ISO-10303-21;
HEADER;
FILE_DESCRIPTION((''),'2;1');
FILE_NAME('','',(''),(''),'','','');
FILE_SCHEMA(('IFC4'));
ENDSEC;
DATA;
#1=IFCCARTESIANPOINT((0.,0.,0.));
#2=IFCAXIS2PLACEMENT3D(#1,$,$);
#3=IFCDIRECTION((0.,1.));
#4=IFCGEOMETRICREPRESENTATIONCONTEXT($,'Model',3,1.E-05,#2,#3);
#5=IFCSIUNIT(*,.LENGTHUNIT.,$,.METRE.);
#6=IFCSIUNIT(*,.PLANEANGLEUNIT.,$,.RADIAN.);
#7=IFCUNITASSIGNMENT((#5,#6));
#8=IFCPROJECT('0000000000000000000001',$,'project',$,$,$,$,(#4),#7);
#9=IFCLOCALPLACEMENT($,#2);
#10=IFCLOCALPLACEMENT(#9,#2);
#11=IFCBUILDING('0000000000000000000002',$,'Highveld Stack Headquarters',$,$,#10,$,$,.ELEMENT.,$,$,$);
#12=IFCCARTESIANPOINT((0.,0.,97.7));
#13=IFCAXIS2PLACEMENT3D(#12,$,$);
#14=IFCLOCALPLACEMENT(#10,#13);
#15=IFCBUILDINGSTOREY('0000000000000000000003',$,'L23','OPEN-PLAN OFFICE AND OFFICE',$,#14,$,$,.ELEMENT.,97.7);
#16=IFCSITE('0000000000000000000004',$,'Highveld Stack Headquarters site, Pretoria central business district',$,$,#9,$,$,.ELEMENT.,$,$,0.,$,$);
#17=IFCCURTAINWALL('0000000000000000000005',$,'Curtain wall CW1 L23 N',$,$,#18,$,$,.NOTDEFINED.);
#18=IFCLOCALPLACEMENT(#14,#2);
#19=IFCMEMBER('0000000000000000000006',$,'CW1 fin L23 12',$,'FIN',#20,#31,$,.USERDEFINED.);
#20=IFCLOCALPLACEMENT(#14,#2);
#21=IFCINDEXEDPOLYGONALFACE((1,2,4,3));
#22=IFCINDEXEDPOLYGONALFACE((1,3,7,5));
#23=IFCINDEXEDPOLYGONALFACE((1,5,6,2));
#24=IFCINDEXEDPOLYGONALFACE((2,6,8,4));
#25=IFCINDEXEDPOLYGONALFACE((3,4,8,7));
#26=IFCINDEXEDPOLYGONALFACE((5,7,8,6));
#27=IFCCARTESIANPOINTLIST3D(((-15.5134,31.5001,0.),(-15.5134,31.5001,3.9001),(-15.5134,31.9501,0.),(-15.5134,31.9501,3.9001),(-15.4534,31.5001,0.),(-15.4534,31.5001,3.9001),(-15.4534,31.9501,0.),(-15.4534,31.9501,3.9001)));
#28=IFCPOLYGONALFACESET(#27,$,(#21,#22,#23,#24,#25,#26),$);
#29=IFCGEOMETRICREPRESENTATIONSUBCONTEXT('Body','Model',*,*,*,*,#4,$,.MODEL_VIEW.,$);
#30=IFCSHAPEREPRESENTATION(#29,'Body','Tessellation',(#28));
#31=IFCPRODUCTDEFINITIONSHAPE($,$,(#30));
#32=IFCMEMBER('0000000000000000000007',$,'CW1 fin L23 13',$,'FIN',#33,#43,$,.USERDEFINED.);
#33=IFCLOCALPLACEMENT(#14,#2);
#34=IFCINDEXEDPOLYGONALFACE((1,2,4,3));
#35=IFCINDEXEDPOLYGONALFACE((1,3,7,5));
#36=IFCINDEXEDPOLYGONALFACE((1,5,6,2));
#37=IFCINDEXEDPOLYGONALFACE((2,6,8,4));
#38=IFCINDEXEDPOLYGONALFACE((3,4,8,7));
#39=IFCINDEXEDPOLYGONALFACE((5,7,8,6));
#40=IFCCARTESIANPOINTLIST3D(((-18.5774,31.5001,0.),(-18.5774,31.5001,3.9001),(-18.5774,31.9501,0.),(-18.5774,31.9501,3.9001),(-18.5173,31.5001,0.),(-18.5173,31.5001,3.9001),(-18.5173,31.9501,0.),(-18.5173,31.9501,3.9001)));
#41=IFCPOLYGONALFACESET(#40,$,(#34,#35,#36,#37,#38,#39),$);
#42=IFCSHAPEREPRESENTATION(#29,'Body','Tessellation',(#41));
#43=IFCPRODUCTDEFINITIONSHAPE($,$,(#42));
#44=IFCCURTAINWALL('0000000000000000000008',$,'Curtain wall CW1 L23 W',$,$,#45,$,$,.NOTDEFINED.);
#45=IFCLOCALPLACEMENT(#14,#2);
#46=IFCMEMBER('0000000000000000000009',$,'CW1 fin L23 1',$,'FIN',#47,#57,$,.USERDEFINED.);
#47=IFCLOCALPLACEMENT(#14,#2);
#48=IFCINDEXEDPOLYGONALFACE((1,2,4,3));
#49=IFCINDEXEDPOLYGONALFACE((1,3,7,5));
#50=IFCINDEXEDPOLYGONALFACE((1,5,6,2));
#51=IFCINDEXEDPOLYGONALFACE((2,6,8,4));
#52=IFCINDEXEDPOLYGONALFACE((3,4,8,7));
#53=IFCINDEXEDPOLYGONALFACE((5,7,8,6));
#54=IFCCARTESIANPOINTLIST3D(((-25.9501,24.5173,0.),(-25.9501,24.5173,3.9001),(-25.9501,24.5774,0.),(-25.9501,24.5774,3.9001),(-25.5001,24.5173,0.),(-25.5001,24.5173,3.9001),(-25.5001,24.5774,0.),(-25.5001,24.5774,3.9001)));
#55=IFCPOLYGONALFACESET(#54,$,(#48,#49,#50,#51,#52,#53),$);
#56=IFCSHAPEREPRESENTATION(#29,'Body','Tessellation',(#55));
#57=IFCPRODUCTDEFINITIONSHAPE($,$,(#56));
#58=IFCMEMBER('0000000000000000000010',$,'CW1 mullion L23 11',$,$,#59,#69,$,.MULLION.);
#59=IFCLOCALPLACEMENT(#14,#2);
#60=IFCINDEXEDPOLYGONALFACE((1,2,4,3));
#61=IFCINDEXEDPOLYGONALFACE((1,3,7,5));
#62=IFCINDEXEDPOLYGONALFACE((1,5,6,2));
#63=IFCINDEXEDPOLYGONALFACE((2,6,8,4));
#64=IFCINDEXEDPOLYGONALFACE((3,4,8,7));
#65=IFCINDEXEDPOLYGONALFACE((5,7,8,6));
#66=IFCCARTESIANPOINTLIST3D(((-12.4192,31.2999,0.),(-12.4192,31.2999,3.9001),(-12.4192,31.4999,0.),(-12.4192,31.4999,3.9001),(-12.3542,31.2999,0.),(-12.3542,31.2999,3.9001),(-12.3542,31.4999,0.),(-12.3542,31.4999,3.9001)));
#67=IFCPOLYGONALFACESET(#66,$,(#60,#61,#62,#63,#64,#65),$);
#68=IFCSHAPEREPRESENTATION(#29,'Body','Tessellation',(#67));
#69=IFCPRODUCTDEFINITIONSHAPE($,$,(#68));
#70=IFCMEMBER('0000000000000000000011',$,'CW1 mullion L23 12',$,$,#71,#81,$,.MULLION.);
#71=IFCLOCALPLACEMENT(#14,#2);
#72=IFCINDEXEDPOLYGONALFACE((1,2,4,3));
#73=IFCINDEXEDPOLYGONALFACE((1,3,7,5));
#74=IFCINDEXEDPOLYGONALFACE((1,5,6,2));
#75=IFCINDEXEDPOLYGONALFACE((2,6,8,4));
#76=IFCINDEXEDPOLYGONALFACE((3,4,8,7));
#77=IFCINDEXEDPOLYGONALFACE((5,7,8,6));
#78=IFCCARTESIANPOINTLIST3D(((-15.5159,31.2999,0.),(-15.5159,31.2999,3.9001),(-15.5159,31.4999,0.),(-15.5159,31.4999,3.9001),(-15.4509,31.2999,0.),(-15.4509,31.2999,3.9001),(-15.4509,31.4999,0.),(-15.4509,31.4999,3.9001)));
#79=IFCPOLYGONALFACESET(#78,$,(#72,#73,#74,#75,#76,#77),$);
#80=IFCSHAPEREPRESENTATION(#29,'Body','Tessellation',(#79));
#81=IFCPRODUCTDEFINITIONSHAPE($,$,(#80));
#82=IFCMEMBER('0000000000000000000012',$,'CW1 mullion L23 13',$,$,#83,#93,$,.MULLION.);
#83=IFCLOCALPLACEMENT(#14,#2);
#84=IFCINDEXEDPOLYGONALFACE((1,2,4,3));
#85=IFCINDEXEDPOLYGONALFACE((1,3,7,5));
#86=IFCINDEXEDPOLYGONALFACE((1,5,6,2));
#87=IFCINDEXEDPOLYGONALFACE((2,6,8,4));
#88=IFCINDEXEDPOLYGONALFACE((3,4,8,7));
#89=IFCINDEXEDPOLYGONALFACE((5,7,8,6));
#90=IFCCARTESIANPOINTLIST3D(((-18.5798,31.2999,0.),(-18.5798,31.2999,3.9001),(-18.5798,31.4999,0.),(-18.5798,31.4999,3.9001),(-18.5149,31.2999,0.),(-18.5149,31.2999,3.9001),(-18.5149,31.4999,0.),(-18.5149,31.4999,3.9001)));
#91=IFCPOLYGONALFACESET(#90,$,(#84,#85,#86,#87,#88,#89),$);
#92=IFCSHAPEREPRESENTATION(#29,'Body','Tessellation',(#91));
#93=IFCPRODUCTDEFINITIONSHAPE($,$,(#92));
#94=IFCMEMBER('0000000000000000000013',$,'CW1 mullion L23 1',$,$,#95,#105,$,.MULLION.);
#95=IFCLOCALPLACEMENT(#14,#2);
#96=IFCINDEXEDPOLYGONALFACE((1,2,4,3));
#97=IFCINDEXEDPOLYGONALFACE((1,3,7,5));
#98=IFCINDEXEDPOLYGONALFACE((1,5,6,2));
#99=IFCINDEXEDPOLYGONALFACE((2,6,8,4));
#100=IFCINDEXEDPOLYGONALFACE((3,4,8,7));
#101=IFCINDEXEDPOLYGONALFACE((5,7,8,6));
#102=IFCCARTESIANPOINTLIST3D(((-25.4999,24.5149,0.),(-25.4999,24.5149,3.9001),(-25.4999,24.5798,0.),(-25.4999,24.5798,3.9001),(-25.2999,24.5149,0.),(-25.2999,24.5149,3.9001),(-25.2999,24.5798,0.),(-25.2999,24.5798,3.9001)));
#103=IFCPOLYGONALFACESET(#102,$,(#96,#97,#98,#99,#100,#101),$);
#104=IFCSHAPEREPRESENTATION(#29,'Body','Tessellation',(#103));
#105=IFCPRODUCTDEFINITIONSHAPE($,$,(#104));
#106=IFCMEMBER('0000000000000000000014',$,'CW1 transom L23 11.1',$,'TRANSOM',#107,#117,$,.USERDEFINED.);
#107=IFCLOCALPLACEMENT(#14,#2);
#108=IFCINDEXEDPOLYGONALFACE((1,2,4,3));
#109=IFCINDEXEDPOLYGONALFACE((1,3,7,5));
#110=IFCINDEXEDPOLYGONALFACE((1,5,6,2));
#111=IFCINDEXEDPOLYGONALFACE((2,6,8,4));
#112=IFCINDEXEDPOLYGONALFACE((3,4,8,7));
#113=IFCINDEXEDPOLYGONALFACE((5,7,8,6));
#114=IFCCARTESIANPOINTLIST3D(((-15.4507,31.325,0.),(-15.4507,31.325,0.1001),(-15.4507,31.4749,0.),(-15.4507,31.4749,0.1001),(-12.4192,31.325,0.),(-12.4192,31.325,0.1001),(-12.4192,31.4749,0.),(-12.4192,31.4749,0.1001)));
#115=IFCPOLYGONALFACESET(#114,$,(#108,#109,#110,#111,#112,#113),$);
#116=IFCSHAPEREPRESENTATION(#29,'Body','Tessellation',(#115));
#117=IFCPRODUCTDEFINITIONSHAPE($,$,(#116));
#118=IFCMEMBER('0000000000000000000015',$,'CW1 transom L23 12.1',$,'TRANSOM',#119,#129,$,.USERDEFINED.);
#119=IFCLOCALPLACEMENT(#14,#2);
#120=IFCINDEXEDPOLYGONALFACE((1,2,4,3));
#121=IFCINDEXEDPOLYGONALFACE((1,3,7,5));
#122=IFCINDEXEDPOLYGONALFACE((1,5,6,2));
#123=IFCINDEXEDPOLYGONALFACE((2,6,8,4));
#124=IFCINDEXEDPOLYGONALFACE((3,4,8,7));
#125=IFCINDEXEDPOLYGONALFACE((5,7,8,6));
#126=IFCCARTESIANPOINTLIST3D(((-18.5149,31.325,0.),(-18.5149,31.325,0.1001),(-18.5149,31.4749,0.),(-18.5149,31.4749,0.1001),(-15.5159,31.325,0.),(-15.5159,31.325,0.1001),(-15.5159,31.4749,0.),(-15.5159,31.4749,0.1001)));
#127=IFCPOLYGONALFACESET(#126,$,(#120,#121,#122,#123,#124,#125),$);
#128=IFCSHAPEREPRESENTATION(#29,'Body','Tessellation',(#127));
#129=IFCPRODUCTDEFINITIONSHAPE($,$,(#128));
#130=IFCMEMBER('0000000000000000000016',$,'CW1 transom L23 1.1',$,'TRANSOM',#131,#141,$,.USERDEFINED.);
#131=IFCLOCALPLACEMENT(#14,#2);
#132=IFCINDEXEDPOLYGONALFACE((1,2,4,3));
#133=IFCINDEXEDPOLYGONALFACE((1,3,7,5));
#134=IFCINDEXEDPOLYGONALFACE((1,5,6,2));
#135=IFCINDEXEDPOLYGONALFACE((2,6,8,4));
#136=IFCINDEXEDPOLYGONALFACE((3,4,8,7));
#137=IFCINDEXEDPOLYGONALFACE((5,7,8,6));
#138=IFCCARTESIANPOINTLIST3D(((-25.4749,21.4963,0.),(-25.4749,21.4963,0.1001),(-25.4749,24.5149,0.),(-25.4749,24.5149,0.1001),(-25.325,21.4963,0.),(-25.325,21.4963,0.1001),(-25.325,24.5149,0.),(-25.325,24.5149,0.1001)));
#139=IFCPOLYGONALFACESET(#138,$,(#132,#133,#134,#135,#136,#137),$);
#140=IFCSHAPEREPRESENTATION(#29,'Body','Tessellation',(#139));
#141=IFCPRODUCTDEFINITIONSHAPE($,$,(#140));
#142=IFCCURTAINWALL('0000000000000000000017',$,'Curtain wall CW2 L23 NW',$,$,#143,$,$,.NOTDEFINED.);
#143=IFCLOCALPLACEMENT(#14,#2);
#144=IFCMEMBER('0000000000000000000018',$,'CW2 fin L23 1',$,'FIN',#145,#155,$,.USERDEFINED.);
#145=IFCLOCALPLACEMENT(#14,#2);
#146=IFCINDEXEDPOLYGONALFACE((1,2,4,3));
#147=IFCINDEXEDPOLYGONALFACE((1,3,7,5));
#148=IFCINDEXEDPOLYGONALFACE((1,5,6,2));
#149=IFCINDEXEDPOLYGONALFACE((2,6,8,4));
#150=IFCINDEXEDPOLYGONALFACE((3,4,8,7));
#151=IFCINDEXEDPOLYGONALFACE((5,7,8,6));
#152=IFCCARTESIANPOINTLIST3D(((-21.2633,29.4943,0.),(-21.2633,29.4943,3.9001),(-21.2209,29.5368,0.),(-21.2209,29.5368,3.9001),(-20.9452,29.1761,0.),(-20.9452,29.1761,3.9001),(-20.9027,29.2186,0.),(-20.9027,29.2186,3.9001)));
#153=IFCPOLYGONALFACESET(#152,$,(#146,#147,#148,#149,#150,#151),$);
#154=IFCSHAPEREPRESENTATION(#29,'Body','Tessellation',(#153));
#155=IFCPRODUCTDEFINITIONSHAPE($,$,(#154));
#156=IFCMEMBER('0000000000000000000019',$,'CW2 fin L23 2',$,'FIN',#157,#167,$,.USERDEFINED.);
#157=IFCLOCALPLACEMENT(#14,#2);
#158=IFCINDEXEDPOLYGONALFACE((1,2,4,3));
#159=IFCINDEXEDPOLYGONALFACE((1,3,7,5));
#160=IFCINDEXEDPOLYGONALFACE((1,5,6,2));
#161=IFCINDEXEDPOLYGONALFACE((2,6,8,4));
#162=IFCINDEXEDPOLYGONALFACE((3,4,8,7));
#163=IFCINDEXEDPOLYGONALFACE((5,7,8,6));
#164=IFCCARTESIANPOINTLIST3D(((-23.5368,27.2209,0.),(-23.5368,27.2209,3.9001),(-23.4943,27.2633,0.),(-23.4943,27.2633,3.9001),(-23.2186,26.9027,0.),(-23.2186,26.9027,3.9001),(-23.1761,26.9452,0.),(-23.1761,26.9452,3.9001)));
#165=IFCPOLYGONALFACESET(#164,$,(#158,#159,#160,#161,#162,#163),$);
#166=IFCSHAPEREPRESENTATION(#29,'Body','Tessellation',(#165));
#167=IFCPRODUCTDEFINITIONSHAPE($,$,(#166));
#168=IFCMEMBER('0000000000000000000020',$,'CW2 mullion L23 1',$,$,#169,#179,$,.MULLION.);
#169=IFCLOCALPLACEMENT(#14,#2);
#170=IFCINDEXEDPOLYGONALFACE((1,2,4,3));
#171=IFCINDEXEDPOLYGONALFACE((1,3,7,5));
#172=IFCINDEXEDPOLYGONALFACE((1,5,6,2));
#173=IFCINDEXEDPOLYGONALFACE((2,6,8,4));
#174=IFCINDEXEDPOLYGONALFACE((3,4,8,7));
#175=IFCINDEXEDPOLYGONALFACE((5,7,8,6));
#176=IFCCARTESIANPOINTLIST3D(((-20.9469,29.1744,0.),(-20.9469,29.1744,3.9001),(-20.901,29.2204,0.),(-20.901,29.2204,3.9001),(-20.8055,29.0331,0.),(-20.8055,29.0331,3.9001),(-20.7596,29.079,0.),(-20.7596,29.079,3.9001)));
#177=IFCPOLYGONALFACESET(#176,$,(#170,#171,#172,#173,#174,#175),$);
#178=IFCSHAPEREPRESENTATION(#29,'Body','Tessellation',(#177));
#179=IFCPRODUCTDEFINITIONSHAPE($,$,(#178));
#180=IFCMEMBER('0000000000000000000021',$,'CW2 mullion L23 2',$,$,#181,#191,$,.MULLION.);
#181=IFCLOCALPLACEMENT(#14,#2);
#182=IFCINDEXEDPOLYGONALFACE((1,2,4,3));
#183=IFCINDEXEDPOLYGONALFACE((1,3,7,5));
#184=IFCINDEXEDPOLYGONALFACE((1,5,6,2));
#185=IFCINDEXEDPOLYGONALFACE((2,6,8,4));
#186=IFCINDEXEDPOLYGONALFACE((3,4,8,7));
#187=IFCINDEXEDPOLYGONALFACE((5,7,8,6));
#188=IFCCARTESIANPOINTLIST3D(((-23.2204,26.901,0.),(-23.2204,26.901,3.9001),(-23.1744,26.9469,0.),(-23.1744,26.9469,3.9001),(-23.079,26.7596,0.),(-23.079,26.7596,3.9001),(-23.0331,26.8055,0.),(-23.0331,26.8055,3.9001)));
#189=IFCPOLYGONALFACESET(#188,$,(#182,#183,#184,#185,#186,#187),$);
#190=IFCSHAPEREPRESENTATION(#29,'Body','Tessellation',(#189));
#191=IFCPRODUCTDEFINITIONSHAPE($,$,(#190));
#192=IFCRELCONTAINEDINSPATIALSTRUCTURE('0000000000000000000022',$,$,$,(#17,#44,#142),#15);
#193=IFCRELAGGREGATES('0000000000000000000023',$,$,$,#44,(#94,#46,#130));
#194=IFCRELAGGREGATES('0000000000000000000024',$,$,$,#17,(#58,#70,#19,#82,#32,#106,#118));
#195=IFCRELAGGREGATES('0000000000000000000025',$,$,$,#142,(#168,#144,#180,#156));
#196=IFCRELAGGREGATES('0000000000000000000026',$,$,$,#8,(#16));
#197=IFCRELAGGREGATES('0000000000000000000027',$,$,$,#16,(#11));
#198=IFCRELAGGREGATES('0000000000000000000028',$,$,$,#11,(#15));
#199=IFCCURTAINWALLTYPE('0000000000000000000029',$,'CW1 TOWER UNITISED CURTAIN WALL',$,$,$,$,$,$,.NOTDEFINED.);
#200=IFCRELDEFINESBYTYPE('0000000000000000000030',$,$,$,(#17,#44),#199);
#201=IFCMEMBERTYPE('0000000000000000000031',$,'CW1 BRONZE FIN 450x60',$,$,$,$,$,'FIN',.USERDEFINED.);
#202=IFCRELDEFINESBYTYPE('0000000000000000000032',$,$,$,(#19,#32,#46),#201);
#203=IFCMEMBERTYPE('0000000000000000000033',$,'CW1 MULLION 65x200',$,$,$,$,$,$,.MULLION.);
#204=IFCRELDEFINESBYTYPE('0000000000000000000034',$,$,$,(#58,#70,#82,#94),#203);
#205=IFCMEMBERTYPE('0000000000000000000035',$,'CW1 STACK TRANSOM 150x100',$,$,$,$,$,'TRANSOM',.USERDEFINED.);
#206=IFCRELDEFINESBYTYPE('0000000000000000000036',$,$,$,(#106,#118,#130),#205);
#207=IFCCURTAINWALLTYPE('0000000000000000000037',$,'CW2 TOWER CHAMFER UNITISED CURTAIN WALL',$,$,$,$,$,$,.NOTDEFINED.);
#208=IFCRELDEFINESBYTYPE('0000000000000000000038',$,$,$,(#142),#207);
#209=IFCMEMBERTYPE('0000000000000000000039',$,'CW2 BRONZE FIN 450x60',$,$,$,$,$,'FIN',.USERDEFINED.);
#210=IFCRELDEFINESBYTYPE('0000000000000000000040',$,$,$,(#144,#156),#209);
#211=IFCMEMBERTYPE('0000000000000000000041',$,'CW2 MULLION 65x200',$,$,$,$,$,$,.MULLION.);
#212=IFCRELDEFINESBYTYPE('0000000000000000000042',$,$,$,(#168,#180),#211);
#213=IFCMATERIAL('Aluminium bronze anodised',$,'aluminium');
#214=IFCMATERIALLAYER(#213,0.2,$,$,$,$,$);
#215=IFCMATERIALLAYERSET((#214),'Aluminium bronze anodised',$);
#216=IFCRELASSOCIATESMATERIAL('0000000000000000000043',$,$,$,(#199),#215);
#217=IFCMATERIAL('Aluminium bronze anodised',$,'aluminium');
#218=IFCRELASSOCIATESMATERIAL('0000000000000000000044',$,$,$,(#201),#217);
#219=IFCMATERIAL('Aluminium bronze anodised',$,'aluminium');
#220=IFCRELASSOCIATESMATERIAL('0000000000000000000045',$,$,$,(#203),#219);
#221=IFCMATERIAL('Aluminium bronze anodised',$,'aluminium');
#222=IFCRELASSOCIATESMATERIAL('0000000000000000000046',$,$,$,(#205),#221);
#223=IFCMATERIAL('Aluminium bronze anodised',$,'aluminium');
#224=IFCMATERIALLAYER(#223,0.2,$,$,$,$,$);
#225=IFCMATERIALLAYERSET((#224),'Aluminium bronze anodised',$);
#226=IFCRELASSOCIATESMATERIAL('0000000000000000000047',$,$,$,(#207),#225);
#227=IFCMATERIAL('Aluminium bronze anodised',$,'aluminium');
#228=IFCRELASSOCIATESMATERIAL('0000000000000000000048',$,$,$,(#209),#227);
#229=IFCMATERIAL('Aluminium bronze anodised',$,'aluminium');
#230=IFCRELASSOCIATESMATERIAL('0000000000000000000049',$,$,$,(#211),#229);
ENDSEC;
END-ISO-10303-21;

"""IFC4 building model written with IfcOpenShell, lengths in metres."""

from ifc_helpers import new_model, si_unit, direction, frame, origin, origin_2d, place, context, subcontext, project, spatial, rectangle, extrude, material, layer, layer_set, material_profile, profile_set, type_object, element, aggregate, save


model = new_model("IFC4")

# Units and contexts
model_context = context("Model", 3, precision=1e-05, world=origin(), true_north=direction((0.0, 1.0)))
body_context = subcontext(model_context, "Body", "Model", "MODEL_VIEW")
ifc_project = project(units=[si_unit("LENGTHUNIT", "METRE"), si_unit("PLANEANGLEUNIT", "RADIAN")], contexts=[model_context])

# Site, building, storey
site_placement = place(None, origin())
site = spatial("IfcSite", under=ifc_project, at=site_placement, Name="Highveld Stack Headquarters site, Pretoria central business district", CompositionType="ELEMENT", RefElevation=0.0)
building_placement = place(site_placement, origin())
building = spatial("IfcBuilding", under=site, at=building_placement, Name="Highveld Stack Headquarters", CompositionType="ELEMENT")
storey_placement = place(building_placement, frame((0.0, 0.0, 97.7)))
storey = spatial("IfcBuildingStorey", under=building, at=storey_placement, Name="L23", Description="OPEN-PLAN OFFICE AND OFFICE", CompositionType="ELEMENT", Elevation=97.7)

# Curtain wall, members
ifc_material_1 = material(Name="Aluminium bronze anodised", Category="aluminium")
ifc_layer_1 = layer(ifc_material_1, 0.2)
ifc_layer_set_1 = layer_set([ifc_layer_1], Name="Aluminium bronze anodised")
curtain_wall_type_1 = type_object("IfcCurtainWallType", Name="CW1 TOWER UNITISED CURTAIN WALL", PredefinedType="NOTDEFINED", material=ifc_layer_set_1)
curtain_wall_1_placement = place(storey_placement, origin())
curtain_wall_1 = element("IfcCurtainWall", 1, at=curtain_wall_1_placement, inside=storey, type_object=curtain_wall_type_1, Name="Curtain wall CW1 L23 N", PredefinedType="NOTDEFINED")
ifc_material_2 = material(Name="Aluminium bronze anodised", Category="aluminium")
ifc_material_profile_1 = material_profile(ifc_material_2, rectangle(XDim=0.45, YDim=0.0601, at=origin_2d()), Name="FIN 450x60")
ifc_profile_set_1 = profile_set([ifc_material_profile_1], Name="Aluminium bronze anodised")
member_type_1 = type_object("IfcMemberType", Name="CW1 BRONZE FIN 450x60", ElementType="FIN", PredefinedType="USERDEFINED", material=ifc_profile_set_1)
member_1_placement = place(storey_placement, frame((-15.4834, 31.7251, 0.0), z_axis=(0.0, 0.0, 1.0), x_axis=(0.0, -1.0, 0.0)))
member_1 = element("IfcMember", 2, at=member_1_placement, type_object=member_type_1, Name="CW1 fin L23 12", ObjectType="FIN", PredefinedType="USERDEFINED", context=body_context, shape_type="SweptSolid", body=[
    extrude(rectangle(XDim=0.45, YDim=0.0601, at=origin_2d()), origin(), (0.0, 0.0, 1.0), 3.9001),
])
member_2_placement = place(storey_placement, frame((-18.5474, 31.7251, 0.0), z_axis=(0.0, 0.0, 1.0), x_axis=(0.0, -1.0, 0.0)))
member_2 = element("IfcMember", 3, at=member_2_placement, type_object=member_type_1, Name="CW1 fin L23 13", ObjectType="FIN", PredefinedType="USERDEFINED", context=body_context, shape_type="SweptSolid", body=[
    extrude(rectangle(XDim=0.45, YDim=0.0601, at=origin_2d()), origin(), (0.0, 0.0, 1.0), 3.9001),
])

# Curtain wall, member
curtain_wall_2_placement = place(storey_placement, origin())
curtain_wall_2 = element("IfcCurtainWall", 4, at=curtain_wall_2_placement, inside=storey, type_object=curtain_wall_type_1, Name="Curtain wall CW1 L23 W", PredefinedType="NOTDEFINED")
member_3_placement = place(storey_placement, frame((-25.7251, 24.5474, 0.0), z_axis=(0.0, 0.0, 1.0), x_axis=(1.0, 0.0, 0.0)))
member_3 = element("IfcMember", 5, at=member_3_placement, type_object=member_type_1, Name="CW1 fin L23 1", ObjectType="FIN", PredefinedType="USERDEFINED", context=body_context, shape_type="SweptSolid", body=[
    extrude(rectangle(XDim=0.45, YDim=0.0601, at=origin_2d()), origin(), (0.0, 0.0, 1.0), 3.9001),
])

# Members
ifc_material_3 = material(Name="Aluminium bronze anodised", Category="aluminium")
ifc_material_profile_2 = material_profile(ifc_material_3, rectangle(XDim=0.2, YDim=0.0649, at=origin_2d()), Name="CW1 MULLION 65x200")
ifc_profile_set_2 = profile_set([ifc_material_profile_2], Name="Aluminium bronze anodised")
member_type_2 = type_object("IfcMemberType", Name="CW1 MULLION 65x200", PredefinedType="MULLION", material=ifc_profile_set_2)
member_4_placement = place(storey_placement, frame((-12.3867, 31.3999, 0.0), z_axis=(0.0, 0.0, 1.0), x_axis=(0.0, -1.0, 0.0)))
member_4 = element("IfcMember", 6, at=member_4_placement, type_object=member_type_2, Name="CW1 mullion L23 11", PredefinedType="MULLION", context=body_context, shape_type="SweptSolid", body=[
    extrude(rectangle(XDim=0.2, YDim=0.0649, at=origin_2d()), origin(), (0.0, 0.0, 1.0), 3.9001),
])
member_5_placement = place(storey_placement, frame((-15.4834, 31.3999, 0.0), z_axis=(0.0, 0.0, 1.0), x_axis=(0.0, -1.0, 0.0)))
member_5 = element("IfcMember", 7, at=member_5_placement, type_object=member_type_2, Name="CW1 mullion L23 12", PredefinedType="MULLION", context=body_context, shape_type="SweptSolid", body=[
    extrude(rectangle(XDim=0.2, YDim=0.0649, at=origin_2d()), origin(), (0.0, 0.0, 1.0), 3.9001),
])
member_6_placement = place(storey_placement, frame((-18.5474, 31.3999, 0.0), z_axis=(0.0, 0.0, 1.0), x_axis=(0.0, -1.0, 0.0)))
member_6 = element("IfcMember", 8, at=member_6_placement, type_object=member_type_2, Name="CW1 mullion L23 13", PredefinedType="MULLION", context=body_context, shape_type="SweptSolid", body=[
    extrude(rectangle(XDim=0.2, YDim=0.0649, at=origin_2d()), origin(), (0.0, 0.0, 1.0), 3.9001),
])
member_7_placement = place(storey_placement, frame((-25.3999, 24.5474, 0.0), z_axis=(0.0, 0.0, 1.0), x_axis=(1.0, 0.0, 0.0)))
member_7 = element("IfcMember", 9, at=member_7_placement, type_object=member_type_2, Name="CW1 mullion L23 1", PredefinedType="MULLION", context=body_context, shape_type="SweptSolid", body=[
    extrude(rectangle(XDim=0.2, YDim=0.0649, at=origin_2d()), origin(), (0.0, 0.0, 1.0), 3.9001),
])
ifc_material_4 = material(Name="Aluminium bronze anodised", Category="aluminium")
ifc_material_profile_3 = material_profile(ifc_material_4, rectangle(XDim=0.1499, YDim=0.1001, at=origin_2d()), Name="CW1 TRANSOM 150x100")
ifc_profile_set_3 = profile_set([ifc_material_profile_3], Name="Aluminium bronze anodised")
member_type_3 = type_object("IfcMemberType", Name="CW1 STACK TRANSOM 150x100", ElementType="TRANSOM", PredefinedType="USERDEFINED", material=ifc_profile_set_3)
member_8_placement = place(storey_placement, frame((-12.4192, 31.3999, 0.05), z_axis=(-1.0, 0.0, 0.0), x_axis=(0.0, -1.0, 0.0)))
member_8 = element("IfcMember", 10, at=member_8_placement, type_object=member_type_3, Name="CW1 transom L23 11.1", ObjectType="TRANSOM", PredefinedType="USERDEFINED", context=body_context, shape_type="SweptSolid", body=[
    extrude(rectangle(XDim=0.1499, YDim=0.1001, at=origin_2d()), origin(), (0.0, 0.0, 1.0), 3.0315),
])
member_9_placement = place(storey_placement, frame((-15.5159, 31.3999, 0.05), z_axis=(-1.0, 0.0, 0.0), x_axis=(0.0, -1.0, 0.0)))
member_9 = element("IfcMember", 11, at=member_9_placement, type_object=member_type_3, Name="CW1 transom L23 12.1", ObjectType="TRANSOM", PredefinedType="USERDEFINED", context=body_context, shape_type="SweptSolid", body=[
    extrude(rectangle(XDim=0.1499, YDim=0.1001, at=origin_2d()), origin(), (0.0, 0.0, 1.0), 2.999),
])
member_10_placement = place(storey_placement, frame((-25.3999, 24.5149, 0.05), z_axis=(0.0, -1.0, 0.0), x_axis=(1.0, 0.0, 0.0)))
member_10 = element("IfcMember", 12, at=member_10_placement, type_object=member_type_3, Name="CW1 transom L23 1.1", ObjectType="TRANSOM", PredefinedType="USERDEFINED", context=body_context, shape_type="SweptSolid", body=[
    extrude(rectangle(XDim=0.1499, YDim=0.1001, at=origin_2d()), origin(), (0.0, 0.0, 1.0), 3.0186),
])
aggregate(curtain_wall_2, [member_7, member_3, member_10])

# Curtain wall, members
ifc_material_5 = material(Name="Aluminium bronze anodised", Category="aluminium")
ifc_layer_2 = layer(ifc_material_5, 0.2)
ifc_layer_set_2 = layer_set([ifc_layer_2], Name="Aluminium bronze anodised")
curtain_wall_type_2 = type_object("IfcCurtainWallType", Name="CW2 TOWER CHAMFER UNITISED CURTAIN WALL", PredefinedType="NOTDEFINED", material=ifc_layer_set_2)
curtain_wall_3_placement = place(storey_placement, origin())
curtain_wall_3 = element("IfcCurtainWall", 13, at=curtain_wall_3_placement, inside=storey, type_object=curtain_wall_type_2, Name="Curtain wall CW2 L23 NW", PredefinedType="NOTDEFINED")
ifc_material_6 = material(Name="Aluminium bronze anodised", Category="aluminium")
ifc_material_profile_4 = material_profile(ifc_material_6, rectangle(XDim=0.45, YDim=0.0601, at=origin_2d()), Name="FIN 450x60")
ifc_profile_set_4 = profile_set([ifc_material_profile_4], Name="Aluminium bronze anodised")
member_type_4 = type_object("IfcMemberType", Name="CW2 BRONZE FIN 450x60", ElementType="FIN", PredefinedType="USERDEFINED", material=ifc_profile_set_4)
member_11_placement = place(storey_placement, frame((-21.083, 29.3564, 0.0), z_axis=(0.0, 0.0, 1.0), x_axis=(0.707107, -0.707107, 0.0)))
member_11 = element("IfcMember", 14, at=member_11_placement, type_object=member_type_4, Name="CW2 fin L23 1", ObjectType="FIN", PredefinedType="USERDEFINED", context=body_context, shape_type="SweptSolid", body=[
    extrude(rectangle(XDim=0.45, YDim=0.0601, at=origin_2d()), origin(), (0.0, 0.0, 1.0), 3.9001),
])
member_12_placement = place(storey_placement, frame((-23.3564, 27.083, 0.0), z_axis=(0.0, 0.0, 1.0), x_axis=(0.707107, -0.707107, 0.0)))
member_12 = element("IfcMember", 15, at=member_12_placement, type_object=member_type_4, Name="CW2 fin L23 2", ObjectType="FIN", PredefinedType="USERDEFINED", context=body_context, shape_type="SweptSolid", body=[
    extrude(rectangle(XDim=0.45, YDim=0.0601, at=origin_2d()), origin(), (0.0, 0.0, 1.0), 3.9001),
])
ifc_material_7 = material(Name="Aluminium bronze anodised", Category="aluminium")
ifc_material_profile_5 = material_profile(ifc_material_7, rectangle(XDim=0.2, YDim=0.0649, at=origin_2d()), Name="CW2 MULLION 65x200")
ifc_profile_set_5 = profile_set([ifc_material_profile_5], Name="Aluminium bronze anodised")
member_type_5 = type_object("IfcMemberType", Name="CW2 MULLION 65x200", PredefinedType="MULLION", material=ifc_profile_set_5)
member_13_placement = place(storey_placement, frame((-20.8533, 29.1267, 0.0), z_axis=(0.0, 0.0, 1.0), x_axis=(0.707107, -0.707107, 0.0)))
member_13 = element("IfcMember", 16, at=member_13_placement, type_object=member_type_5, Name="CW2 mullion L23 1", PredefinedType="MULLION", context=body_context, shape_type="SweptSolid", body=[
    extrude(rectangle(XDim=0.2, YDim=0.0649, at=origin_2d()), origin(), (0.0, 0.0, 1.0), 3.9001),
])
member_14_placement = place(storey_placement, frame((-23.1267, 26.8533, 0.0), z_axis=(0.0, 0.0, 1.0), x_axis=(0.707107, -0.707107, 0.0)))
member_14 = element("IfcMember", 17, at=member_14_placement, type_object=member_type_5, Name="CW2 mullion L23 2", PredefinedType="MULLION", context=body_context, shape_type="SweptSolid", body=[
    extrude(rectangle(XDim=0.2, YDim=0.0649, at=origin_2d()), origin(), (0.0, 0.0, 1.0), 3.9001),
])

aggregate(curtain_wall_1, [member_4, member_5, member_1, member_6, member_2, member_8, member_9])
aggregate(curtain_wall_3, [member_13, member_11, member_14, member_12])

save(model, "model.ifc")
